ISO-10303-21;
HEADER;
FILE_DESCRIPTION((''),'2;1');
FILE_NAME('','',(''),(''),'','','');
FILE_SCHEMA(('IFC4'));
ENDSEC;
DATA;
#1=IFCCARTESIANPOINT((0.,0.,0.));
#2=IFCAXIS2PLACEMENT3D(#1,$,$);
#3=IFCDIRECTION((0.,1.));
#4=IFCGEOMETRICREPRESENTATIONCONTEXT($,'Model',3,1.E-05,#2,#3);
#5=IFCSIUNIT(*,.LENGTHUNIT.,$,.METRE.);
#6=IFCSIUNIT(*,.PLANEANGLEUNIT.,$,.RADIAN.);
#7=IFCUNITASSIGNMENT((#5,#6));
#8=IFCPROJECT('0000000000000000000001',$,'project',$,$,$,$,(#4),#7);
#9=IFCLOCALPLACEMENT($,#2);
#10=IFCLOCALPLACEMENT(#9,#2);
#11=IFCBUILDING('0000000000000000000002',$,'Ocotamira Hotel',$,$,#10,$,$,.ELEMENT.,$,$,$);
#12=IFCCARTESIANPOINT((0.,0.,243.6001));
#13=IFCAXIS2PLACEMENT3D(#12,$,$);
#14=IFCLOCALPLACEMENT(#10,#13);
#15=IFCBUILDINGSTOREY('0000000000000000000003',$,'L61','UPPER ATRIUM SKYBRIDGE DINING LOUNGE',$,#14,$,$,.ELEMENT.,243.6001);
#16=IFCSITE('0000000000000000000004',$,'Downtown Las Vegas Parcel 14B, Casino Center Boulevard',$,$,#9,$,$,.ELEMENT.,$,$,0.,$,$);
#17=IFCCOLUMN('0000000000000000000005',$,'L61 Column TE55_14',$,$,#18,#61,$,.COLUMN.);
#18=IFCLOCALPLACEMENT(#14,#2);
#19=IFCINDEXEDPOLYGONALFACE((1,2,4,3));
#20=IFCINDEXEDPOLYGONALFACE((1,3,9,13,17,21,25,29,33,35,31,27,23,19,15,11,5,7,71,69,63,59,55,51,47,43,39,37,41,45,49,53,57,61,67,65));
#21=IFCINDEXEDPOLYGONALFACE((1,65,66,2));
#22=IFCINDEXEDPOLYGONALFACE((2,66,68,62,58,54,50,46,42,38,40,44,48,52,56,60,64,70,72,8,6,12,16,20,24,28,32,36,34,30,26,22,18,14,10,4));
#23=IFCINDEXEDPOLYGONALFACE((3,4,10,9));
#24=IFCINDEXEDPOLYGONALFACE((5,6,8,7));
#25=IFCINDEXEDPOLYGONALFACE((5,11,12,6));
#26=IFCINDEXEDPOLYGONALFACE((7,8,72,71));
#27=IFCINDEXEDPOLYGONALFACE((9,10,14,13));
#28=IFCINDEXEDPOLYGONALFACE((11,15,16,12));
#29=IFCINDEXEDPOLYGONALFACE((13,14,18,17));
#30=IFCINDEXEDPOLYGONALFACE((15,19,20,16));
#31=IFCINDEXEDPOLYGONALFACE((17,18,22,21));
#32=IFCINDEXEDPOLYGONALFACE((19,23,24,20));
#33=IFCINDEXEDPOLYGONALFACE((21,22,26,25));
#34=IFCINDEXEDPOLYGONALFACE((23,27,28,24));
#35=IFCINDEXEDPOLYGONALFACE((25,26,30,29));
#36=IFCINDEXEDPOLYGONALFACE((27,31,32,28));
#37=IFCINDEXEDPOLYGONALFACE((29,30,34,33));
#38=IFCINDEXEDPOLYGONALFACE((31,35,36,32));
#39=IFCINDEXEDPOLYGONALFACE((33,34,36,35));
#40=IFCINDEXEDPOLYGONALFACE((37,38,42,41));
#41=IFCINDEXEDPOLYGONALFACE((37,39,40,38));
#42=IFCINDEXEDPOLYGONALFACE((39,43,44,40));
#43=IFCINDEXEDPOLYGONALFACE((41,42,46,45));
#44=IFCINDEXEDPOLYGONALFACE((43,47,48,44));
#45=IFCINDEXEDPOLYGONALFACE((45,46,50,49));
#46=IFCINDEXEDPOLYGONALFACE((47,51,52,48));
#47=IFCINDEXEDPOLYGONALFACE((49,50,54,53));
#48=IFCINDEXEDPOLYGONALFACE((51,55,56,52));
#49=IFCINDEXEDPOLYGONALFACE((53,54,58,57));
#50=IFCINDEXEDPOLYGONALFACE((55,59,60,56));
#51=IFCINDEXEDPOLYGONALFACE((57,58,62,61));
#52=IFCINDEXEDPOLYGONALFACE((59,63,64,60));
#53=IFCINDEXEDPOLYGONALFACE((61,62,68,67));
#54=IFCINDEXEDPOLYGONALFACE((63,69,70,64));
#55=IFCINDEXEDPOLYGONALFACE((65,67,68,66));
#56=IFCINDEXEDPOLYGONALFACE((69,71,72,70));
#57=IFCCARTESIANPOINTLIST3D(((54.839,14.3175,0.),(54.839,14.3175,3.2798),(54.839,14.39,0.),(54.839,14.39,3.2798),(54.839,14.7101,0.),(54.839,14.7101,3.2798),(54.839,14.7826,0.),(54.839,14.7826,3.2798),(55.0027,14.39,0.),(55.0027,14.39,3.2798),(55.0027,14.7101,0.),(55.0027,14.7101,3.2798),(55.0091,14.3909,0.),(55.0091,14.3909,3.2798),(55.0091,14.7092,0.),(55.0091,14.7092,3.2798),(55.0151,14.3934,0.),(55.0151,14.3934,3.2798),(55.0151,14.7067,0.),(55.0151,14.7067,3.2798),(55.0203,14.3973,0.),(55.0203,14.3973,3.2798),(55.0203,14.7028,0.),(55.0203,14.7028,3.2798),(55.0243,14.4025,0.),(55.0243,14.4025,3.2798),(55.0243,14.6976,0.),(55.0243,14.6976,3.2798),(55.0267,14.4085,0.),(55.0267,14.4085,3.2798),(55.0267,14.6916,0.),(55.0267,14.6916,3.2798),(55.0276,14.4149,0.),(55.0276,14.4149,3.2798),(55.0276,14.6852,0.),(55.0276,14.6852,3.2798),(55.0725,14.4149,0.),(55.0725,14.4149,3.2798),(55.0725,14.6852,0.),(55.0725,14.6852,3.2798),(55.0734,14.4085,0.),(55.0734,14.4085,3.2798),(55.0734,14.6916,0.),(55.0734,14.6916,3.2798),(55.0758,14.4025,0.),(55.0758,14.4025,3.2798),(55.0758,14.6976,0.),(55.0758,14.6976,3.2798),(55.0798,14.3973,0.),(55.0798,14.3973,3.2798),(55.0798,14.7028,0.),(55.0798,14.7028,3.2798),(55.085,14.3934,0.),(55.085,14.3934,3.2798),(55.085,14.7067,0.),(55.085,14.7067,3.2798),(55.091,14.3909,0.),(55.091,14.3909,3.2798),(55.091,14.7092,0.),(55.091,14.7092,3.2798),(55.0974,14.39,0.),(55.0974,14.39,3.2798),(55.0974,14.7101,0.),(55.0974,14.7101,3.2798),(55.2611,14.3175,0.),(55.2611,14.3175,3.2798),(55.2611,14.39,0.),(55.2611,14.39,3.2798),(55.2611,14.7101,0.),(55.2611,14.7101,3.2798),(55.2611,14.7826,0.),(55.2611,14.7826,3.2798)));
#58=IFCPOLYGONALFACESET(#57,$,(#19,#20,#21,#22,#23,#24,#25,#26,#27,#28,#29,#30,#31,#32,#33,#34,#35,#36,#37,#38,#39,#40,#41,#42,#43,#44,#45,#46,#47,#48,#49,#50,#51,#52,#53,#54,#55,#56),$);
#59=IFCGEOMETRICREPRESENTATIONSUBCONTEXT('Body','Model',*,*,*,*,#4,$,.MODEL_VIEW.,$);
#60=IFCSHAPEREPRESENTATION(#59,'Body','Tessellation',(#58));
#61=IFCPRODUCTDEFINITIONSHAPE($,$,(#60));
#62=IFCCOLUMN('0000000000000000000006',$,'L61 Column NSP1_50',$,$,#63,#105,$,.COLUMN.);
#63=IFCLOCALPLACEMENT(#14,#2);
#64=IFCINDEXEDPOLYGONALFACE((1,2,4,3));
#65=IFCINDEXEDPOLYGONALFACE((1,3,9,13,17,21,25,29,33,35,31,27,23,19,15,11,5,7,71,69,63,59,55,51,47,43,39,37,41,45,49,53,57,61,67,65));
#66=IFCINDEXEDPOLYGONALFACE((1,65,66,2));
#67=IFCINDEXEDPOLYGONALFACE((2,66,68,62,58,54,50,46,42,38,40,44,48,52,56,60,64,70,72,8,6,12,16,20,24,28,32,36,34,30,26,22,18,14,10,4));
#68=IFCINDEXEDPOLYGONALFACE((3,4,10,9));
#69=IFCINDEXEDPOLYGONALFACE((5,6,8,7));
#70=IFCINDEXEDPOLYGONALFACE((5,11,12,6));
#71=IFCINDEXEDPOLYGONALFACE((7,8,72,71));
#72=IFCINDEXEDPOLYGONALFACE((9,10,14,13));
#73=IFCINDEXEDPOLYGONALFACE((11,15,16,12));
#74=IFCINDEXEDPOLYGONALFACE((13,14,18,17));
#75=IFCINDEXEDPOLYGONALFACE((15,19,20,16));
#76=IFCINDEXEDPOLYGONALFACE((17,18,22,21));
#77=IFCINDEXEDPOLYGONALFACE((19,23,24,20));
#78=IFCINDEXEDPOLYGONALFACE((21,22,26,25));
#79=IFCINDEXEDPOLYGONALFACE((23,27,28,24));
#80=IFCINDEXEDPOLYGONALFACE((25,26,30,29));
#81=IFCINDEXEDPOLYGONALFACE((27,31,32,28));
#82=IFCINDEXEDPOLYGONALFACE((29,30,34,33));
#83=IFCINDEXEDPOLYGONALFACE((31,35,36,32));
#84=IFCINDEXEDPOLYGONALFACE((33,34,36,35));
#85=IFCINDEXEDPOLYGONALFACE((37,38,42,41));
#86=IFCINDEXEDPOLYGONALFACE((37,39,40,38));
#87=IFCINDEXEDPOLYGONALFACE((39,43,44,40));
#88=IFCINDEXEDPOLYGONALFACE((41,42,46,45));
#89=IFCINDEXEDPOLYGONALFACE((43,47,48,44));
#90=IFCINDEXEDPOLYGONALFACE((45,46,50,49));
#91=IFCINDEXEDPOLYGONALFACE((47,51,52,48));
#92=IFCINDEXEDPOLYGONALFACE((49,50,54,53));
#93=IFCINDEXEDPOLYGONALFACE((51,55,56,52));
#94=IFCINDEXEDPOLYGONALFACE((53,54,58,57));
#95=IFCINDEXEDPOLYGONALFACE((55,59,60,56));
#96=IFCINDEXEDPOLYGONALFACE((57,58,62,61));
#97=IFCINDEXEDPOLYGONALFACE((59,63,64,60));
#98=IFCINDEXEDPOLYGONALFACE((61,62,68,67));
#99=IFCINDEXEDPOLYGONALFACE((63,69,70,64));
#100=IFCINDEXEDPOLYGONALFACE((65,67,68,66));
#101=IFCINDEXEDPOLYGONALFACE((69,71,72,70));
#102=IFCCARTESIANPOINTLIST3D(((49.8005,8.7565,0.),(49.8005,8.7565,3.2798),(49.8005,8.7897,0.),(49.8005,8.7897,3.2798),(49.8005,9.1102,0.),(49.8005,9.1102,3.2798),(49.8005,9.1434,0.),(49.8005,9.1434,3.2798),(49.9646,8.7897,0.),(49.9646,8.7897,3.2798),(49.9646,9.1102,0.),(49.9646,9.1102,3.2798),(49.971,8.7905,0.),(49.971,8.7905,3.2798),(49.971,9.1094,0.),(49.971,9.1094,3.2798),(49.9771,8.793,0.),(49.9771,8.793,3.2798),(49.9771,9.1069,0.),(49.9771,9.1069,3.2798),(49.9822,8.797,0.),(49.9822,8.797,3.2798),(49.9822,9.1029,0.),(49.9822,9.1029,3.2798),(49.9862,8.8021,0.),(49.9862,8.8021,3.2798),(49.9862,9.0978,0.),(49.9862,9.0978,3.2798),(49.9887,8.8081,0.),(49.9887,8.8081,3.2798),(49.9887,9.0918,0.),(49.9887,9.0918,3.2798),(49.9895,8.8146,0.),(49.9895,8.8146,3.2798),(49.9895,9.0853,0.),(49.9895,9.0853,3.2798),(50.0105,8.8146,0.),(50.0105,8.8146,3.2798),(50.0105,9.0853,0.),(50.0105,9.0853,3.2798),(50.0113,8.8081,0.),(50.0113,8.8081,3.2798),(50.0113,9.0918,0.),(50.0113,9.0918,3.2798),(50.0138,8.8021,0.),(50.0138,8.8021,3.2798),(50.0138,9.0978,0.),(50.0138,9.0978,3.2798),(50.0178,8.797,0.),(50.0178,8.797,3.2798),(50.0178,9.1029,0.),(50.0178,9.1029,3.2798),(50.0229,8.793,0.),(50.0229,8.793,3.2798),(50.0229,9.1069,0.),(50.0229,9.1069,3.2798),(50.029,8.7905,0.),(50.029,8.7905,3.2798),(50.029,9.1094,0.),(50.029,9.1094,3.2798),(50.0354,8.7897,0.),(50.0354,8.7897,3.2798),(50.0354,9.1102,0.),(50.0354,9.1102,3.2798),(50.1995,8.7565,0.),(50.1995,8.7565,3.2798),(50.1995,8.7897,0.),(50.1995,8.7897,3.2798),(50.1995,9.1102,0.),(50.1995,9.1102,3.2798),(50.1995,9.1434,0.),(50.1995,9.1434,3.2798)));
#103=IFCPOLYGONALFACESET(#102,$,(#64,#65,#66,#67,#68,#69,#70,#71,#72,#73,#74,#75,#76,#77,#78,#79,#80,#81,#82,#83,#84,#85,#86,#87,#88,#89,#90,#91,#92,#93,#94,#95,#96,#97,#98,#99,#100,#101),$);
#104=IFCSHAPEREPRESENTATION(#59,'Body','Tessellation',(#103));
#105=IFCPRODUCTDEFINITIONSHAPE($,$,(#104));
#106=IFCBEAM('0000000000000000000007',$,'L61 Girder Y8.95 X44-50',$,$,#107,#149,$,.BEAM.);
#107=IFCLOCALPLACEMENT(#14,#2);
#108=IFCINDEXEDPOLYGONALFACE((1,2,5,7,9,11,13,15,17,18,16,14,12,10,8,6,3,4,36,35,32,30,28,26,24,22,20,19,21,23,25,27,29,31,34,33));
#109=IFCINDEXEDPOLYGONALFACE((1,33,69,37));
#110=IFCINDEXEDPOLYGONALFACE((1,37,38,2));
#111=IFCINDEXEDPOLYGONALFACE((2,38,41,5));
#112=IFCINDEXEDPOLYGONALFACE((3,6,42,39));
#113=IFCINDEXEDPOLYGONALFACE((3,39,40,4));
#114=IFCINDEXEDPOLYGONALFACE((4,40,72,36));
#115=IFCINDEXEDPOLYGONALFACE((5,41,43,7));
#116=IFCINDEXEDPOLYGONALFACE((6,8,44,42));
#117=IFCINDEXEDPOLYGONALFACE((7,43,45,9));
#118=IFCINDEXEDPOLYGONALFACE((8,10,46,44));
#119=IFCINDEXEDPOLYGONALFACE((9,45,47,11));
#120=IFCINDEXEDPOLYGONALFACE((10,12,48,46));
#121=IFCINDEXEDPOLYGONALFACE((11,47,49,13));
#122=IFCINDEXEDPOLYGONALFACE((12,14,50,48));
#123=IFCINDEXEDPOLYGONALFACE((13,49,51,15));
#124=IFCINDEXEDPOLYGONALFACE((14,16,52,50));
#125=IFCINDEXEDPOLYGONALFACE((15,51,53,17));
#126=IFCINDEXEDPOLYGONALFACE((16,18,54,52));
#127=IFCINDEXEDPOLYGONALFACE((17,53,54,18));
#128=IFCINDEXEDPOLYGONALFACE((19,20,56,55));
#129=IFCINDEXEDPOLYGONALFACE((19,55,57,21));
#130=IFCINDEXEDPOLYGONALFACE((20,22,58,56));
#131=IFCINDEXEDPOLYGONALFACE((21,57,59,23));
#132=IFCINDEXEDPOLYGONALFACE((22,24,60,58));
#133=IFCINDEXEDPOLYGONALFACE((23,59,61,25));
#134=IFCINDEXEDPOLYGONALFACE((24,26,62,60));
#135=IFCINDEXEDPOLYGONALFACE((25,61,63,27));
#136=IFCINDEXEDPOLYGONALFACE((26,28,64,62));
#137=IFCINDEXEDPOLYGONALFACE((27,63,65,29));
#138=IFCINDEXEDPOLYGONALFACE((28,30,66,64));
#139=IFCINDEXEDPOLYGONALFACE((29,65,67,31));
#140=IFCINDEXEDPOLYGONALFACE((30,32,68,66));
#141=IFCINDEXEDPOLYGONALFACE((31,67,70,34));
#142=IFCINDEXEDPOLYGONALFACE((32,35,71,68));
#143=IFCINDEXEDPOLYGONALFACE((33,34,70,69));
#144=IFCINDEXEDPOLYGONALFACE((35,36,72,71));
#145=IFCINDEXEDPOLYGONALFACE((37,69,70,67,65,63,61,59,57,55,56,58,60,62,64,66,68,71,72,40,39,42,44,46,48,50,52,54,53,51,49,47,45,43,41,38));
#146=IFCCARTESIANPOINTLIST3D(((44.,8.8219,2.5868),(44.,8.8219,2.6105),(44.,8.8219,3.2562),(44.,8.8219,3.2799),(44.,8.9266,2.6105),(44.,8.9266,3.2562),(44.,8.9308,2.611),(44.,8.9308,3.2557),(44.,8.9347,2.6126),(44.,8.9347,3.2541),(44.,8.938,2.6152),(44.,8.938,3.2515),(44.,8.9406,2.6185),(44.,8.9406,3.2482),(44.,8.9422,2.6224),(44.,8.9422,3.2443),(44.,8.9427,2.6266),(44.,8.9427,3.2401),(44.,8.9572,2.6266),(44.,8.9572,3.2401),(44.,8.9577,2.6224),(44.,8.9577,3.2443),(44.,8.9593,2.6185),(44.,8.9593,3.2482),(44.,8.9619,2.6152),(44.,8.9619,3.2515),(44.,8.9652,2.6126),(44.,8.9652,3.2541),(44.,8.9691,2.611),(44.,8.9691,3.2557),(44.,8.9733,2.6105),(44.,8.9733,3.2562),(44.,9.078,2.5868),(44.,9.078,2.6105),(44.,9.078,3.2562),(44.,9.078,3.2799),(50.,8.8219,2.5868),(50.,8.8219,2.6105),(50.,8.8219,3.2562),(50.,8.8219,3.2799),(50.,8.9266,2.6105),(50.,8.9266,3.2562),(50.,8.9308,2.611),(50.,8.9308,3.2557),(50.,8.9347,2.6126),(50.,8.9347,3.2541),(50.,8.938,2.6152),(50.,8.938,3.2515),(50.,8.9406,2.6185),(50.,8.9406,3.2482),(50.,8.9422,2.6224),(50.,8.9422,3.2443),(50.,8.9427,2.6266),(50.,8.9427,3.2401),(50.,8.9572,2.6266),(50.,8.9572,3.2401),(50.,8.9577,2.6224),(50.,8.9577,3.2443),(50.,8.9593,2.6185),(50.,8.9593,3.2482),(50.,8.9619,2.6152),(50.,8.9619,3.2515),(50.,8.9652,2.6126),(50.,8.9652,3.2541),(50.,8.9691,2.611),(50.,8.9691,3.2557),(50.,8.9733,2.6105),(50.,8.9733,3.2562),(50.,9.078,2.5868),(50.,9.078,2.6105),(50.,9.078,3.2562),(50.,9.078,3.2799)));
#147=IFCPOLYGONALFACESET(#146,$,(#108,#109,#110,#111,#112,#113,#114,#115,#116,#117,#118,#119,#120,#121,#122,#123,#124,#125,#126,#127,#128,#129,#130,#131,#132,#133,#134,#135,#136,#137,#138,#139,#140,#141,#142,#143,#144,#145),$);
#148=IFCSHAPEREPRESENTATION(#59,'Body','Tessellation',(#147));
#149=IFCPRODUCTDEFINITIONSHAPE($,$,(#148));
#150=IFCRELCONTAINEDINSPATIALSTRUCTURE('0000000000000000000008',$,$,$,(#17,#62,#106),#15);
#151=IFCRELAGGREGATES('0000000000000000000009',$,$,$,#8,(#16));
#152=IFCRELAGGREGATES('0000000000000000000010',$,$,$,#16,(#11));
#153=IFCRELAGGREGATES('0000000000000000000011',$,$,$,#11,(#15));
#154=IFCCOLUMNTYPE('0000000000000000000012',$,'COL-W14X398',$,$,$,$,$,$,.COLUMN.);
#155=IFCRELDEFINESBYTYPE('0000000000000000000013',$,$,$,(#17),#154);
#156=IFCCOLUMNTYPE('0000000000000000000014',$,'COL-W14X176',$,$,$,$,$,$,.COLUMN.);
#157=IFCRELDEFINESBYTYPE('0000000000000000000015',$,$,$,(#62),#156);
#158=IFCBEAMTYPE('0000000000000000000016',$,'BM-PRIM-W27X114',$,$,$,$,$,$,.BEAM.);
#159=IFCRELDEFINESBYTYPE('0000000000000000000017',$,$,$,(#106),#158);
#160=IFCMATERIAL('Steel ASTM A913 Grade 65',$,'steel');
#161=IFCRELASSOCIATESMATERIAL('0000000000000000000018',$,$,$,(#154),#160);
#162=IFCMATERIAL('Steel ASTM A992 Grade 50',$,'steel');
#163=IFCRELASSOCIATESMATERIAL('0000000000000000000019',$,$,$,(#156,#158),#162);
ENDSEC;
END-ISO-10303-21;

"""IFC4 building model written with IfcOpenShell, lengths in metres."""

from ifc_helpers import new_model, si_unit, direction, frame, origin, origin_2d, place, context, subcontext, project, spatial, i_section, extrude, source, transform, mapped, material, material_profile, profile_set, type_object, element, save


model = new_model("IFC4")

# Units and contexts
model_context = context("Model", 3, precision=1e-05, world=origin(), true_north=direction((0.0, 1.0)))
body_context = subcontext(model_context, "Body", "Model", "MODEL_VIEW")
ifc_project = project(units=[si_unit("LENGTHUNIT", "METRE"), si_unit("PLANEANGLEUNIT", "RADIAN")], contexts=[model_context])

# Site, building, storey
site_placement = place(None, origin())
site = spatial("IfcSite", under=ifc_project, at=site_placement, Name="Downtown Las Vegas Parcel 14B, Casino Center Boulevard", CompositionType="ELEMENT", RefElevation=0.0)
building_placement = place(site_placement, origin())
building = spatial("IfcBuilding", under=site, at=building_placement, Name="Ocotamira Hotel", CompositionType="ELEMENT")
storey_placement = place(building_placement, frame((0.0, 0.0, 243.6001)))
storey = spatial("IfcBuildingStorey", under=building, at=storey_placement, Name="L61", Description="UPPER ATRIUM SKYBRIDGE DINING LOUNGE", CompositionType="ELEMENT", Elevation=243.6001)

# Columns
ifc_material_1 = material(Name="Steel ASTM A913 Grade 65", Category="steel")
ifc_material_profile_1 = material_profile(ifc_material_1, i_section(OverallWidth=0.4221, OverallDepth=0.4651, WebThickness=0.0449, FlangeThickness=0.0725, FilletRadius=0.0249, at=origin_2d()), Name="W14X398")
ifc_profile_set_1 = profile_set([ifc_material_profile_1], Name="Steel ASTM A913 Grade 65")
column_type_1 = type_object("IfcColumnType", Name="COL-W14X398", PredefinedType="COLUMN", material=ifc_profile_set_1)
shared_shape_1 = source(origin(), body_context, "Body", "SweptSolid", [
    extrude(i_section(OverallWidth=0.4221, OverallDepth=0.4651, WebThickness=0.0449, FlangeThickness=0.0725, FilletRadius=0.0249, at=origin_2d()), origin(), (0.0, 0.0, 1.0), 3.2798),
])
column_1_placement = place(storey_placement, frame((55.05, 14.55, 0.0), z_axis=(0.0, 0.0, 1.0), x_axis=(1.0, 0.0, 0.0)))
element("IfcColumn", 1, at=column_1_placement, inside=storey, type_object=column_type_1, Name="L61 Column TE55_14", PredefinedType="COLUMN", context=body_context, shape_type="MappedRepresentation", body=[
    mapped(shared_shape_1, transform((0.0, 0.0, 0.0), scale=1.0)),
])
ifc_material_2 = material(Name="Steel ASTM A992 Grade 50", Category="steel")
ifc_material_profile_2 = material_profile(ifc_material_2, i_section(OverallWidth=0.3989, OverallDepth=0.387, WebThickness=0.021, FlangeThickness=0.0332, FilletRadius=0.0249, at=origin_2d()), Name="W14X176")
ifc_profile_set_2 = profile_set([ifc_material_profile_2], Name="Steel ASTM A992 Grade 50")
column_type_2 = type_object("IfcColumnType", Name="COL-W14X176", PredefinedType="COLUMN", material=ifc_profile_set_2)
shared_shape_2 = source(origin(), body_context, "Body", "SweptSolid", [
    extrude(i_section(OverallWidth=0.3989, OverallDepth=0.387, WebThickness=0.021, FlangeThickness=0.0332, FilletRadius=0.0249, at=origin_2d()), origin(), (0.0, 0.0, 1.0), 3.2798),
])
column_2_placement = place(storey_placement, frame((50.0, 8.95, 0.0), z_axis=(0.0, 0.0, 1.0), x_axis=(1.0, 0.0, 0.0)))
element("IfcColumn", 2, at=column_2_placement, inside=storey, type_object=column_type_2, Name="L61 Column NSP1_50", PredefinedType="COLUMN", context=body_context, shape_type="MappedRepresentation", body=[
    mapped(shared_shape_2, transform((0.0, 0.0, 0.0), scale=1.0)),
])

# Beam
ifc_material_profile_3 = material_profile(ifc_material_2, i_section(OverallWidth=0.2561, OverallDepth=0.6931, WebThickness=0.0144, FlangeThickness=0.0237, FilletRadius=0.0161, at=origin_2d()), Name="W27X114")
ifc_profile_set_3 = profile_set([ifc_material_profile_3], Name="Steel ASTM A992 Grade 50")
beam_type_1 = type_object("IfcBeamType", Name="BM-PRIM-W27X114", PredefinedType="BEAM", material=ifc_profile_set_3)
shared_shape_3 = source(origin(), body_context, "Body", "SweptSolid", [
    extrude(i_section(OverallWidth=0.2561, OverallDepth=0.6931, WebThickness=0.0144, FlangeThickness=0.0237, FilletRadius=0.0161, at=origin_2d()), origin(), (0.0, 0.0, 1.0), 6.0),
])
beam_1_placement = place(storey_placement, frame((44.0, 8.95, 2.9333), z_axis=(1.0, 0.0, 0.0), x_axis=(0.0, 1.0, 0.0)))
element("IfcBeam", 3, at=beam_1_placement, inside=storey, type_object=beam_type_1, Name="L61 Girder Y8.95 X44-50", PredefinedType="BEAM", context=body_context, shape_type="MappedRepresentation", body=[
    mapped(shared_shape_3, transform((0.0, 0.0, 0.0), scale=1.0)),
])

save(model, "model.ifc")
